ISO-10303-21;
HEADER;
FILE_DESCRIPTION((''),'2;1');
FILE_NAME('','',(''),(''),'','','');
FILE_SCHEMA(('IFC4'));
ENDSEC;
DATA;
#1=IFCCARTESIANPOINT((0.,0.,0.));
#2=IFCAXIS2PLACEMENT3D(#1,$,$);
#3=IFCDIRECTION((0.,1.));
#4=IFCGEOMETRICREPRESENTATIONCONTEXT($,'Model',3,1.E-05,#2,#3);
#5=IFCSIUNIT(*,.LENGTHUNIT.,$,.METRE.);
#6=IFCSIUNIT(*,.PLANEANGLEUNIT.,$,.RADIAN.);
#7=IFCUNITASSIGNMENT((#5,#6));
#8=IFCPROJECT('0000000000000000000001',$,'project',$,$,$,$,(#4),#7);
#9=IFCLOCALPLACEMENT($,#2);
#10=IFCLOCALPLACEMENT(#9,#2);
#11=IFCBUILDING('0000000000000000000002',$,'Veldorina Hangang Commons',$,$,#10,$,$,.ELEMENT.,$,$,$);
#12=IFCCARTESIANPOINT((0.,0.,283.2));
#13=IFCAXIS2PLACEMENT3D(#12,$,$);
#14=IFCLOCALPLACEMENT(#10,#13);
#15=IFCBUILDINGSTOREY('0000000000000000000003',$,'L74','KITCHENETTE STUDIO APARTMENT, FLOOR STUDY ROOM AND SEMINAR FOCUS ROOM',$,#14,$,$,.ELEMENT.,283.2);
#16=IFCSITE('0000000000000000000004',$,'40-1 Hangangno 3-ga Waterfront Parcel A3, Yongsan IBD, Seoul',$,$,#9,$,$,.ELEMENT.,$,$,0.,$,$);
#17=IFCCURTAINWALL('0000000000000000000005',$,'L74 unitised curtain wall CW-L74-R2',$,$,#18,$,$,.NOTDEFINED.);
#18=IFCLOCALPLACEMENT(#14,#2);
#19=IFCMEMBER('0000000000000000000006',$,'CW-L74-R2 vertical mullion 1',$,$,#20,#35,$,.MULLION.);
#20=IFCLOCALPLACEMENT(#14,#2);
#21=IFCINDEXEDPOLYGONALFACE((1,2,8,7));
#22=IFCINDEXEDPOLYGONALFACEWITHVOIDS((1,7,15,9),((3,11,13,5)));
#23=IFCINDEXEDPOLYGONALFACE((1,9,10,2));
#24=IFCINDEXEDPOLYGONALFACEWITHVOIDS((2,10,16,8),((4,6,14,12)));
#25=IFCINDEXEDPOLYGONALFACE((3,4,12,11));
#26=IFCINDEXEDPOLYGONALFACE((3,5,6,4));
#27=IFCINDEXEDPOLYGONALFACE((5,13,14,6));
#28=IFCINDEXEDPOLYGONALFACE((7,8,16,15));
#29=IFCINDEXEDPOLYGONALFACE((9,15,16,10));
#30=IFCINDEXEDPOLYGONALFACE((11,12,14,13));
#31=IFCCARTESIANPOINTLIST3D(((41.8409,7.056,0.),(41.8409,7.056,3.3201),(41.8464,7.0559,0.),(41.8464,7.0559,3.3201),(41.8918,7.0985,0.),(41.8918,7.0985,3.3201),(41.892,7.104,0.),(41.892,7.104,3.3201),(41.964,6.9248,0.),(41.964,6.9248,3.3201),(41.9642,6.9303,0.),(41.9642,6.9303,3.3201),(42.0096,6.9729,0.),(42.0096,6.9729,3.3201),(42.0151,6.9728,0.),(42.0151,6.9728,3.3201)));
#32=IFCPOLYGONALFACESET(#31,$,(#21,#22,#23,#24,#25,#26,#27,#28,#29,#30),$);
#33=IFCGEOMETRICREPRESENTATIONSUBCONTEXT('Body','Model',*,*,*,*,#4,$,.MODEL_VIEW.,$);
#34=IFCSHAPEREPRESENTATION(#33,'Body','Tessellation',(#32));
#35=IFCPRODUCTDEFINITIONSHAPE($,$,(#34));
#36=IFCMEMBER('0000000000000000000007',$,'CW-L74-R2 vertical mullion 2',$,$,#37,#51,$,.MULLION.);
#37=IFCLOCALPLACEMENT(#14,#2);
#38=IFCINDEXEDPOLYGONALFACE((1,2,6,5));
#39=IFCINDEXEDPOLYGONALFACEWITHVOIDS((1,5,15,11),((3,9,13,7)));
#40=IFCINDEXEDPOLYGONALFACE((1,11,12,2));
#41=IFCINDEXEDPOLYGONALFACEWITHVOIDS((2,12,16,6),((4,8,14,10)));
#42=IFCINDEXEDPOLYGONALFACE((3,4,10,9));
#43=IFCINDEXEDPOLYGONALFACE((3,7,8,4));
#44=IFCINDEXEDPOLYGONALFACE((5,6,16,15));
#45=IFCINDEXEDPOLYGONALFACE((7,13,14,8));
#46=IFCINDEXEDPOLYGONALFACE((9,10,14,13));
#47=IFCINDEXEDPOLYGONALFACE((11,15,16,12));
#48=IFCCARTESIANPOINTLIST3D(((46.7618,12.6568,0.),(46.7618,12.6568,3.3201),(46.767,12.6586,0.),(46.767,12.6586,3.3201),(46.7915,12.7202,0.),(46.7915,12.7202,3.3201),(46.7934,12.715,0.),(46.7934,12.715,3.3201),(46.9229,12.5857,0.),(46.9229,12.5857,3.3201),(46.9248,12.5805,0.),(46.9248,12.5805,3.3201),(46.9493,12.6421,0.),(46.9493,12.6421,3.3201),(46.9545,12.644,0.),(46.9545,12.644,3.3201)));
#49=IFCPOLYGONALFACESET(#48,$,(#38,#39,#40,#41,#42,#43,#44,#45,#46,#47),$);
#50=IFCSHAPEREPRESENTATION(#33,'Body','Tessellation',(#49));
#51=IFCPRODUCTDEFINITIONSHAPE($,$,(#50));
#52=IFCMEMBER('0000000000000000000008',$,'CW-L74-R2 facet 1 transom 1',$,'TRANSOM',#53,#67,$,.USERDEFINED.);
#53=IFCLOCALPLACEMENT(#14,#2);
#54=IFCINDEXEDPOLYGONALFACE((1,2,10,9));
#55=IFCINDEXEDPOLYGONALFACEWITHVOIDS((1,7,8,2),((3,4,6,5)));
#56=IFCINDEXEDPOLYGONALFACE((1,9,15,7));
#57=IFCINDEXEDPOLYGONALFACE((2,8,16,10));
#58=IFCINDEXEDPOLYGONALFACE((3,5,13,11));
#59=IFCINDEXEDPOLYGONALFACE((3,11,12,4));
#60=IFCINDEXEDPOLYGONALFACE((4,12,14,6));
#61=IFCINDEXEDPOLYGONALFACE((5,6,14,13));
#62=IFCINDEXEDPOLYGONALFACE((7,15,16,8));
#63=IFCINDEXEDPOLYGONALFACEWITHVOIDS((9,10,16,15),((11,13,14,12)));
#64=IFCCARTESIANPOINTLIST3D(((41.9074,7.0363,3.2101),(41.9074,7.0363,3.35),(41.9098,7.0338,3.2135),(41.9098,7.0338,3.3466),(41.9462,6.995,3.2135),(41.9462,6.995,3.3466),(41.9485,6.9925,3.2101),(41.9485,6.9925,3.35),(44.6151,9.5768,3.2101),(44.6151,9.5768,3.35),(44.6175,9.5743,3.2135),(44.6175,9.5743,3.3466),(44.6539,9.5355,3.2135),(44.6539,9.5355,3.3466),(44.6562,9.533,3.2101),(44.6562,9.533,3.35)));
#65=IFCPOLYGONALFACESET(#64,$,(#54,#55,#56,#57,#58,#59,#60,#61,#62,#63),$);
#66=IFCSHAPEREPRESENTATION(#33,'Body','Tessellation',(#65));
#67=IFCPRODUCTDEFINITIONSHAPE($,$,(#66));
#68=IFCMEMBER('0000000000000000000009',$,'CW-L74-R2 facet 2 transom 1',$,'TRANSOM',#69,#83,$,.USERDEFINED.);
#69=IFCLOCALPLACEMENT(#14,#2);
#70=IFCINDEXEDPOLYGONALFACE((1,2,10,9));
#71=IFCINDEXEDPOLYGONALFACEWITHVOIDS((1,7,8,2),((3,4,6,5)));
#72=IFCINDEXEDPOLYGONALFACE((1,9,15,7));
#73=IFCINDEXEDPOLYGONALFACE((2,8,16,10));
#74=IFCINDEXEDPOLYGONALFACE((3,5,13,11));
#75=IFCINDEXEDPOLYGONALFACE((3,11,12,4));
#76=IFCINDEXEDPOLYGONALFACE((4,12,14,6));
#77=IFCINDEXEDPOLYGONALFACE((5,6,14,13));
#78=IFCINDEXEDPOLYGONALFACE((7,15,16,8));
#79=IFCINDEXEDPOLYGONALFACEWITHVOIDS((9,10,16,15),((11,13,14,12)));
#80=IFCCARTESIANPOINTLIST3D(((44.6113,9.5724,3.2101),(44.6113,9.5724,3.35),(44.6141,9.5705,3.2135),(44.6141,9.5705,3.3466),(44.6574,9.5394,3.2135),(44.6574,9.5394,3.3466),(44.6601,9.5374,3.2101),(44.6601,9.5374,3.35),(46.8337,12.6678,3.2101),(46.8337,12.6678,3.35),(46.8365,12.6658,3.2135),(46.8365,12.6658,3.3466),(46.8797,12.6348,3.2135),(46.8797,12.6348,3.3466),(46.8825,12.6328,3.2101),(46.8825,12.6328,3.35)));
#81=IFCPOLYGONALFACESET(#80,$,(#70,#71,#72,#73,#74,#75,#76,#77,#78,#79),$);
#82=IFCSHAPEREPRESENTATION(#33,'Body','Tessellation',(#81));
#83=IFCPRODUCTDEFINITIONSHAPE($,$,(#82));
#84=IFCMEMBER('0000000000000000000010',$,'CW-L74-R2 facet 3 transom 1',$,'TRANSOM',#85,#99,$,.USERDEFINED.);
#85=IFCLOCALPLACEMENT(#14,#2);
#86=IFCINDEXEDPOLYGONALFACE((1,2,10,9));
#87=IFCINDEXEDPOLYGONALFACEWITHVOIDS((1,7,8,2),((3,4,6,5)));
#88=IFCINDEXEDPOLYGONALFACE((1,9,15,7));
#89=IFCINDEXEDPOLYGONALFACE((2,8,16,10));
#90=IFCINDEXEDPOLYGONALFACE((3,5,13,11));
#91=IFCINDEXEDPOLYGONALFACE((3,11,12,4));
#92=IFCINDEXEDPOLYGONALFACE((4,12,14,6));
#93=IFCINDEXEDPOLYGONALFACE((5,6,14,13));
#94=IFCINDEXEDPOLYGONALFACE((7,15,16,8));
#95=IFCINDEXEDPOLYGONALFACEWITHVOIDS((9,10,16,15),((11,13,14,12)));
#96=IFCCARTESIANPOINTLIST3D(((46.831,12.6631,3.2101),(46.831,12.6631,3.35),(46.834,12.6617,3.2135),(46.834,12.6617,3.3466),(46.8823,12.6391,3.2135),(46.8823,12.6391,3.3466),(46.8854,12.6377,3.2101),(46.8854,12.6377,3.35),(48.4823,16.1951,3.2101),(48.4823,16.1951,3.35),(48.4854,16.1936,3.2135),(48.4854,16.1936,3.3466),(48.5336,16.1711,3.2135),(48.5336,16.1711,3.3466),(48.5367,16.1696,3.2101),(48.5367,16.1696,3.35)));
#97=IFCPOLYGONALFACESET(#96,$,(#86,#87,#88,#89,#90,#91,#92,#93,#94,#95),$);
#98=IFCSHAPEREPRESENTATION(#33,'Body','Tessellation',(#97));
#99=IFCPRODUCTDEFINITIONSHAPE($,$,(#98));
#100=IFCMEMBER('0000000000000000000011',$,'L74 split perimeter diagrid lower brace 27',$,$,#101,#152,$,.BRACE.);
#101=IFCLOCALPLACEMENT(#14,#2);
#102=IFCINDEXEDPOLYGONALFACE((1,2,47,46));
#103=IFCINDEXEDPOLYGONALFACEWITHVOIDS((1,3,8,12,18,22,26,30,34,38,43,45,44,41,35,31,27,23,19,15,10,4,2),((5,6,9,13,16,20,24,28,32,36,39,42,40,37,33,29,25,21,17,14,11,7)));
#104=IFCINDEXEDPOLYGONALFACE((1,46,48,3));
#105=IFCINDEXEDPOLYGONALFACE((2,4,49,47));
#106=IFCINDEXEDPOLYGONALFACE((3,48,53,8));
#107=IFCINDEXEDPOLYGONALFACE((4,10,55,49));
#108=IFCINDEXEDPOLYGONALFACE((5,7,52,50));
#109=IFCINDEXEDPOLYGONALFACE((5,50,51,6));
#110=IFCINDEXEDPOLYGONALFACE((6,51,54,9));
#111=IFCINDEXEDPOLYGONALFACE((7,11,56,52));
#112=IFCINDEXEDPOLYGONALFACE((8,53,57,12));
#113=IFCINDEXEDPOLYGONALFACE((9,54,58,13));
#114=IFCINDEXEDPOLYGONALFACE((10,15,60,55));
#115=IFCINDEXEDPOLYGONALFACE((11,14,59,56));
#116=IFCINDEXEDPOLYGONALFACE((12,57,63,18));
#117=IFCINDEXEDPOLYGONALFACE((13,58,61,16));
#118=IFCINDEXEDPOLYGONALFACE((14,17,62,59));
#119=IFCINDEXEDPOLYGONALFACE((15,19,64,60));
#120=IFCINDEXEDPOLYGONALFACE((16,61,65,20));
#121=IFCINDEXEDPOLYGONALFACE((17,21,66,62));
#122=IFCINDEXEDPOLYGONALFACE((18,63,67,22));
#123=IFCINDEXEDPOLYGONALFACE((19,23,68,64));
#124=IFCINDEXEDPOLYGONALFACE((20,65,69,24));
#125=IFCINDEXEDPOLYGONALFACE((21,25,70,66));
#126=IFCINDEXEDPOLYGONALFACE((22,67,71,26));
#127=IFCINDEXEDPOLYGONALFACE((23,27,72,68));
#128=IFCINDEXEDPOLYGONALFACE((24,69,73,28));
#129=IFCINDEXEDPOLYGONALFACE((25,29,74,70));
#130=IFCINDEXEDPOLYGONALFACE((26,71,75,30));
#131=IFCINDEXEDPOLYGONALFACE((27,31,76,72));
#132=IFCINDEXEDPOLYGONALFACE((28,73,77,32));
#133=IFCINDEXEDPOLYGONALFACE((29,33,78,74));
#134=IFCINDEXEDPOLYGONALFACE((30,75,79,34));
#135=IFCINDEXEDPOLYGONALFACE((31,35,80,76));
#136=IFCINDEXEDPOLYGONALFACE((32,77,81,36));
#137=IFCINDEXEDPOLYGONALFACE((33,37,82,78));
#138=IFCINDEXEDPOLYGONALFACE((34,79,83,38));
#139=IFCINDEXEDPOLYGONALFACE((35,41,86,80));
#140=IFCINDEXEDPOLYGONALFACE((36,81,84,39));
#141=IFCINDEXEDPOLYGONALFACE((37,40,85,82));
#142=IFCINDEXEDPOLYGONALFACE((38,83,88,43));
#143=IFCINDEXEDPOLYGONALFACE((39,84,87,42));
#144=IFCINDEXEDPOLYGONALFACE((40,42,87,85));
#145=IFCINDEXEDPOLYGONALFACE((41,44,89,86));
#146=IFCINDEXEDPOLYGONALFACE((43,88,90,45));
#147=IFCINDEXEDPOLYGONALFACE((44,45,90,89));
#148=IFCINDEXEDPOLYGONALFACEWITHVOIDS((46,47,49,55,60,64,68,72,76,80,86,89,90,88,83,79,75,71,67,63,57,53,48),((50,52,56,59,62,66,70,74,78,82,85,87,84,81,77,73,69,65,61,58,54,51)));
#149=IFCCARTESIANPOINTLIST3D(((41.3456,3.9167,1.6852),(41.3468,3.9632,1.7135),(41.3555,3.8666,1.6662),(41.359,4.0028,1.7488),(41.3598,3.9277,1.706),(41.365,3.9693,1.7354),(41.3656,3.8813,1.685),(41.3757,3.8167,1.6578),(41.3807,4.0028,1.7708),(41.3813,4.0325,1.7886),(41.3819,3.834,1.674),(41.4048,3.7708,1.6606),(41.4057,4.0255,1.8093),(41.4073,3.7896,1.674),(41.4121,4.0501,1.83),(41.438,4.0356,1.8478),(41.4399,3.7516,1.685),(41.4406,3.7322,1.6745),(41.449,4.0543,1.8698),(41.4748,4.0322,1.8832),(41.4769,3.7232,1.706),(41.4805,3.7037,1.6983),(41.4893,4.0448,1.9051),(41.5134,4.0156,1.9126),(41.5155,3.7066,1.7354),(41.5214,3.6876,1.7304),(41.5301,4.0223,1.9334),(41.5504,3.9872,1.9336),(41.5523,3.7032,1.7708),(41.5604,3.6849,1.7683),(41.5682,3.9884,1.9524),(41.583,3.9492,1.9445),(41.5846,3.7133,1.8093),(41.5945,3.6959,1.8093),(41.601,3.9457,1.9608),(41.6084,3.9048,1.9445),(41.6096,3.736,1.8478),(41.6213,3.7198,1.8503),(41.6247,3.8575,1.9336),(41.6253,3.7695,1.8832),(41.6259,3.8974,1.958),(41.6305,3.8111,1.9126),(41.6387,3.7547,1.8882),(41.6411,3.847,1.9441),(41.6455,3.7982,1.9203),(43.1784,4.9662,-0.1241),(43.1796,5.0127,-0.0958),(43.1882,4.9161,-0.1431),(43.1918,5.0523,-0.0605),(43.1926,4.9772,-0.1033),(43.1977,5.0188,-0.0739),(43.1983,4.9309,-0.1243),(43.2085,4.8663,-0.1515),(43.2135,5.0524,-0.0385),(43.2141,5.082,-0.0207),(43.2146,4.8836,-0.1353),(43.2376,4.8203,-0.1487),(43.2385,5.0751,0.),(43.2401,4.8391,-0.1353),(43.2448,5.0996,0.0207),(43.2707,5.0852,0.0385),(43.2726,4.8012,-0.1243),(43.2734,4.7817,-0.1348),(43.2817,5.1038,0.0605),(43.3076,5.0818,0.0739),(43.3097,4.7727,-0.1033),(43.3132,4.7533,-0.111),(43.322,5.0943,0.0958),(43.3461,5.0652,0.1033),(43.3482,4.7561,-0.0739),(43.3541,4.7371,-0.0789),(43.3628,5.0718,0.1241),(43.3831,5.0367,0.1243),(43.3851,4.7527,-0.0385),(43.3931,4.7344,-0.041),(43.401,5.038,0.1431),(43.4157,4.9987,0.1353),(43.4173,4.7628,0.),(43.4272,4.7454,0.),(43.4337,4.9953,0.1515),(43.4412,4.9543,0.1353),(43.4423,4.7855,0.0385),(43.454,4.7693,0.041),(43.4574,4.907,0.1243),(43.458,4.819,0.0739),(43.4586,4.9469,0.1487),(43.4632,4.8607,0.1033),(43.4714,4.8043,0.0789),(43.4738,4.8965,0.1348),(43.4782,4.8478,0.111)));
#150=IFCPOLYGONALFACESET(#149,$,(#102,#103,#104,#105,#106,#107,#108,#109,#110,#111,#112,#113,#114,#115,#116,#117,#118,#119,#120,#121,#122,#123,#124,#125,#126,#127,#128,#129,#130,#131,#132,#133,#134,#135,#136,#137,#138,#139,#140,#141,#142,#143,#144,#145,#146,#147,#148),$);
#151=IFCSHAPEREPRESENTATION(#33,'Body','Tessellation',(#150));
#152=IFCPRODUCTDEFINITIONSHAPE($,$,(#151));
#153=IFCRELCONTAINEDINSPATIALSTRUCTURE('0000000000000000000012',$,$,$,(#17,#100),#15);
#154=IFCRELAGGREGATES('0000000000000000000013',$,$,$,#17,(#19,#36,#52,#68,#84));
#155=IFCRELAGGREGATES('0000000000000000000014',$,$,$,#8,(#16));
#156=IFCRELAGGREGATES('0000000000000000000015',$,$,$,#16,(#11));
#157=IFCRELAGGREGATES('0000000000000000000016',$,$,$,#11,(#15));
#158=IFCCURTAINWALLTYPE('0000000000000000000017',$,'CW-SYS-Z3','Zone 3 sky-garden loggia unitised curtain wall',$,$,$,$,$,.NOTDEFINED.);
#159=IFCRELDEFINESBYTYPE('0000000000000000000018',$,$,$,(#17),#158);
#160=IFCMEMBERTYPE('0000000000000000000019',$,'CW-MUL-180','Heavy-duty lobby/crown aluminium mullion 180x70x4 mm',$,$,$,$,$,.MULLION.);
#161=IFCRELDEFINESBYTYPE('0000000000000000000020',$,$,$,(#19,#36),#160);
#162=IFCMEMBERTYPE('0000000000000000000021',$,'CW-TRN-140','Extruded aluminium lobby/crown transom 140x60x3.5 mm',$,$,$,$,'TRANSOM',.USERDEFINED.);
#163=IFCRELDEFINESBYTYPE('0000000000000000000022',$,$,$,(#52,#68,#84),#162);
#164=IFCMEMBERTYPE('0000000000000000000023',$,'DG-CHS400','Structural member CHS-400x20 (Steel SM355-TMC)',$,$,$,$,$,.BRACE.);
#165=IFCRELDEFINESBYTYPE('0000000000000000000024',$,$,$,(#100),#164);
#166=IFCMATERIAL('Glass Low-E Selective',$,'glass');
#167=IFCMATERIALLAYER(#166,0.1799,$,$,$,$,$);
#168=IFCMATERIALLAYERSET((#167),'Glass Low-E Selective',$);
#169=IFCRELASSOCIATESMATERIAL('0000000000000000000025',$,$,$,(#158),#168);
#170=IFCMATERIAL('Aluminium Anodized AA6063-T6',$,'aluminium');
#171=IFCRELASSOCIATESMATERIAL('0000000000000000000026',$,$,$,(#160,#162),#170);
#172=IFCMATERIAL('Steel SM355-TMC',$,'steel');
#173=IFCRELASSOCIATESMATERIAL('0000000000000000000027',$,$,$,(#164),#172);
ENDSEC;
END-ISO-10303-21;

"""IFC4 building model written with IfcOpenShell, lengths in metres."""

from ifc_helpers import new_model, si_unit, direction, frame, origin, origin_2d, place, context, subcontext, project, spatial, hollow_rectangle, hollow_circle, extrude, material, layer, layer_set, material_profile, profile_set, type_object, element, aggregate, save


model = new_model("IFC4")

# Units and contexts
model_context = context("Model", 3, precision=1e-05, world=origin(), true_north=direction((0.0, 1.0)))
body_context = subcontext(model_context, "Body", "Model", "MODEL_VIEW")
ifc_project = project(units=[si_unit("LENGTHUNIT", "METRE"), si_unit("PLANEANGLEUNIT", "RADIAN")], contexts=[model_context])

# Site, building, storey
site_placement = place(None, origin())
site = spatial("IfcSite", under=ifc_project, at=site_placement, Name="40-1 Hangangno 3-ga Waterfront Parcel A3, Yongsan IBD, Seoul", CompositionType="ELEMENT", RefElevation=0.0)
building_placement = place(site_placement, origin())
building = spatial("IfcBuilding", under=site, at=building_placement, Name="Veldorina Hangang Commons", CompositionType="ELEMENT")
storey_placement = place(building_placement, frame((0.0, 0.0, 283.2)))
storey = spatial("IfcBuildingStorey", under=building, at=storey_placement, Name="L74", Description="KITCHENETTE STUDIO APARTMENT, FLOOR STUDY ROOM AND SEMINAR FOCUS ROOM", CompositionType="ELEMENT", Elevation=283.2)

# Shared definitions
ifc_material_1 = material(Name="Steel SM355-TMC", Category="steel")

# Curtain wall, members
ifc_material_2 = material(Name="Glass Low-E Selective", Category="glass")
ifc_layer_1 = layer(ifc_material_2, 0.1799)
ifc_layer_set_1 = layer_set([ifc_layer_1], Name="Glass Low-E Selective")
curtain_wall_type = type_object("IfcCurtainWallType", Name="CW-SYS-Z3", Description="Zone 3 sky-garden loggia unitised curtain wall", PredefinedType="NOTDEFINED", material=ifc_layer_set_1)
curtain_wall_placement = place(storey_placement, origin())
curtain_wall = element("IfcCurtainWall", 1, at=curtain_wall_placement, inside=storey, type_object=curtain_wall_type, Name="L74 unitised curtain wall CW-L74-R2", PredefinedType="NOTDEFINED")
ifc_material_3 = material(Name="Aluminium Anodized AA6063-T6", Category="aluminium")
ifc_material_profile_1 = material_profile(ifc_material_3, hollow_rectangle(XDim=0.0701, YDim=0.1799, WallThickness=0.0039, at=origin_2d()), Name="ALU-RHS-180x70x4")
ifc_profile_set_1 = profile_set([ifc_material_profile_1], Name="Aluminium Anodized AA6063-T6")
member_type_1 = type_object("IfcMemberType", Name="CW-MUL-180", Description="Heavy-duty lobby/crown aluminium mullion 180x70x4 mm", PredefinedType="MULLION", material=ifc_profile_set_1)
member_1_placement = place(storey_placement, frame((41.928, 7.0144, 0.0), z_axis=(0.0, 0.0, 1.0), x_axis=(0.729279, 0.684216, 0.0)))
member_1 = element("IfcMember", 2, at=member_1_placement, type_object=member_type_1, Name="CW-L74-R2 vertical mullion 1", PredefinedType="MULLION", context=body_context, shape_type="SweptSolid", body=[
    extrude(hollow_rectangle(XDim=0.0701, YDim=0.1799, WallThickness=0.0039, at=origin_2d()), origin(), (0.0, 0.0, 1.0), 3.3201),
])
member_2_placement = place(storey_placement, frame((46.8582, 12.6504, 0.0), z_axis=(0.0, 0.0, 1.0), x_axis=(0.423551, 0.905872, 0.0)))
member_2 = element("IfcMember", 3, at=member_2_placement, type_object=member_type_1, Name="CW-L74-R2 vertical mullion 2", PredefinedType="MULLION", context=body_context, shape_type="SweptSolid", body=[
    extrude(hollow_rectangle(XDim=0.0701, YDim=0.1799, WallThickness=0.0039, at=origin_2d()), origin(), (0.0, 0.0, 1.0), 3.3201),
])
ifc_material_profile_2 = material_profile(ifc_material_3, hollow_rectangle(XDim=0.0601, YDim=0.1399, WallThickness=0.0034, at=origin_2d()), Name="ALU-RHS-140x60x3.5")
ifc_profile_set_2 = profile_set([ifc_material_profile_2], Name="Aluminium Anodized AA6063-T6")
member_type_2 = type_object("IfcMemberType", Name="CW-TRN-140", Description="Extruded aluminium lobby/crown transom 140x60x3.5 mm", ElementType="TRANSOM", PredefinedType="USERDEFINED", material=ifc_profile_set_2)
member_3_placement = place(storey_placement, frame((41.928, 7.0144, 3.28), z_axis=(0.729269, 0.684228, 0.0), x_axis=(-0.684228, 0.729269, 0.0)))
member_3 = element("IfcMember", 4, at=member_3_placement, type_object=member_type_2, Name="CW-L74-R2 facet 1 transom 1", ObjectType="TRANSOM", PredefinedType="USERDEFINED", context=body_context, shape_type="SweptSolid", body=[
    extrude(hollow_rectangle(XDim=0.0601, YDim=0.1399, WallThickness=0.0034, at=origin_2d()), origin(), (0.0, 0.0, 1.0), 3.7129),
])
member_4_placement = place(storey_placement, frame((44.6357, 9.5549, 3.28), z_axis=(0.583212, 0.81232, 0.0), x_axis=(-0.81232, 0.583212, 0.0)))
member_4 = element("IfcMember", 5, at=member_4_placement, type_object=member_type_2, Name="CW-L74-R2 facet 2 transom 1", ObjectType="TRANSOM", PredefinedType="USERDEFINED", context=body_context, shape_type="SweptSolid", body=[
    extrude(hollow_rectangle(XDim=0.0601, YDim=0.1399, WallThickness=0.0034, at=origin_2d()), origin(), (0.0, 0.0, 1.0), 3.8105),
])
member_5_placement = place(storey_placement, frame((46.8582, 12.6504, 3.28), z_axis=(0.42354, 0.905877, 0.0), x_axis=(-0.905877, 0.42354, 0.0)))
member_5 = element("IfcMember", 6, at=member_5_placement, type_object=member_type_2, Name="CW-L74-R2 facet 3 transom 1", ObjectType="TRANSOM", PredefinedType="USERDEFINED", context=body_context, shape_type="SweptSolid", body=[
    extrude(hollow_rectangle(XDim=0.0601, YDim=0.1399, WallThickness=0.0034, at=origin_2d()), origin(), (0.0, 0.0, 1.0), 3.8989),
])

# Member
ifc_material_profile_3 = material_profile(ifc_material_1, hollow_circle(Radius=0.2, WallThickness=0.02, at=origin_2d()), Name="CHS-400x20")
ifc_profile_set_3 = profile_set([ifc_material_profile_3], Name="Steel SM355-TMC")
member_type_3 = type_object("IfcMemberType", Name="DG-CHS400", Description="Structural member CHS-400x20 (Steel SM355-TMC)", PredefinedType="BRACE", material=ifc_profile_set_3)
member_6_placement = place(storey_placement, frame((43.3279, 4.9189, 0.0), z_axis=(-0.659018, -0.377397, 0.65059), x_axis=(0.496948, -0.86778, 0.0)))
element("IfcMember", 7, at=member_6_placement, inside=storey, type_object=member_type_3, Name="L74 split perimeter diagrid lower brace 27", PredefinedType="BRACE", context=body_context, shape_type="SweptSolid", body=[
    extrude(hollow_circle(Radius=0.2, WallThickness=0.02, at=origin_2d()), origin(), (0.0, 0.0, 1.0), 2.781),
])

aggregate(curtain_wall, [member_1, member_2, member_3, member_4, member_5])

save(model, "model.ifc")
